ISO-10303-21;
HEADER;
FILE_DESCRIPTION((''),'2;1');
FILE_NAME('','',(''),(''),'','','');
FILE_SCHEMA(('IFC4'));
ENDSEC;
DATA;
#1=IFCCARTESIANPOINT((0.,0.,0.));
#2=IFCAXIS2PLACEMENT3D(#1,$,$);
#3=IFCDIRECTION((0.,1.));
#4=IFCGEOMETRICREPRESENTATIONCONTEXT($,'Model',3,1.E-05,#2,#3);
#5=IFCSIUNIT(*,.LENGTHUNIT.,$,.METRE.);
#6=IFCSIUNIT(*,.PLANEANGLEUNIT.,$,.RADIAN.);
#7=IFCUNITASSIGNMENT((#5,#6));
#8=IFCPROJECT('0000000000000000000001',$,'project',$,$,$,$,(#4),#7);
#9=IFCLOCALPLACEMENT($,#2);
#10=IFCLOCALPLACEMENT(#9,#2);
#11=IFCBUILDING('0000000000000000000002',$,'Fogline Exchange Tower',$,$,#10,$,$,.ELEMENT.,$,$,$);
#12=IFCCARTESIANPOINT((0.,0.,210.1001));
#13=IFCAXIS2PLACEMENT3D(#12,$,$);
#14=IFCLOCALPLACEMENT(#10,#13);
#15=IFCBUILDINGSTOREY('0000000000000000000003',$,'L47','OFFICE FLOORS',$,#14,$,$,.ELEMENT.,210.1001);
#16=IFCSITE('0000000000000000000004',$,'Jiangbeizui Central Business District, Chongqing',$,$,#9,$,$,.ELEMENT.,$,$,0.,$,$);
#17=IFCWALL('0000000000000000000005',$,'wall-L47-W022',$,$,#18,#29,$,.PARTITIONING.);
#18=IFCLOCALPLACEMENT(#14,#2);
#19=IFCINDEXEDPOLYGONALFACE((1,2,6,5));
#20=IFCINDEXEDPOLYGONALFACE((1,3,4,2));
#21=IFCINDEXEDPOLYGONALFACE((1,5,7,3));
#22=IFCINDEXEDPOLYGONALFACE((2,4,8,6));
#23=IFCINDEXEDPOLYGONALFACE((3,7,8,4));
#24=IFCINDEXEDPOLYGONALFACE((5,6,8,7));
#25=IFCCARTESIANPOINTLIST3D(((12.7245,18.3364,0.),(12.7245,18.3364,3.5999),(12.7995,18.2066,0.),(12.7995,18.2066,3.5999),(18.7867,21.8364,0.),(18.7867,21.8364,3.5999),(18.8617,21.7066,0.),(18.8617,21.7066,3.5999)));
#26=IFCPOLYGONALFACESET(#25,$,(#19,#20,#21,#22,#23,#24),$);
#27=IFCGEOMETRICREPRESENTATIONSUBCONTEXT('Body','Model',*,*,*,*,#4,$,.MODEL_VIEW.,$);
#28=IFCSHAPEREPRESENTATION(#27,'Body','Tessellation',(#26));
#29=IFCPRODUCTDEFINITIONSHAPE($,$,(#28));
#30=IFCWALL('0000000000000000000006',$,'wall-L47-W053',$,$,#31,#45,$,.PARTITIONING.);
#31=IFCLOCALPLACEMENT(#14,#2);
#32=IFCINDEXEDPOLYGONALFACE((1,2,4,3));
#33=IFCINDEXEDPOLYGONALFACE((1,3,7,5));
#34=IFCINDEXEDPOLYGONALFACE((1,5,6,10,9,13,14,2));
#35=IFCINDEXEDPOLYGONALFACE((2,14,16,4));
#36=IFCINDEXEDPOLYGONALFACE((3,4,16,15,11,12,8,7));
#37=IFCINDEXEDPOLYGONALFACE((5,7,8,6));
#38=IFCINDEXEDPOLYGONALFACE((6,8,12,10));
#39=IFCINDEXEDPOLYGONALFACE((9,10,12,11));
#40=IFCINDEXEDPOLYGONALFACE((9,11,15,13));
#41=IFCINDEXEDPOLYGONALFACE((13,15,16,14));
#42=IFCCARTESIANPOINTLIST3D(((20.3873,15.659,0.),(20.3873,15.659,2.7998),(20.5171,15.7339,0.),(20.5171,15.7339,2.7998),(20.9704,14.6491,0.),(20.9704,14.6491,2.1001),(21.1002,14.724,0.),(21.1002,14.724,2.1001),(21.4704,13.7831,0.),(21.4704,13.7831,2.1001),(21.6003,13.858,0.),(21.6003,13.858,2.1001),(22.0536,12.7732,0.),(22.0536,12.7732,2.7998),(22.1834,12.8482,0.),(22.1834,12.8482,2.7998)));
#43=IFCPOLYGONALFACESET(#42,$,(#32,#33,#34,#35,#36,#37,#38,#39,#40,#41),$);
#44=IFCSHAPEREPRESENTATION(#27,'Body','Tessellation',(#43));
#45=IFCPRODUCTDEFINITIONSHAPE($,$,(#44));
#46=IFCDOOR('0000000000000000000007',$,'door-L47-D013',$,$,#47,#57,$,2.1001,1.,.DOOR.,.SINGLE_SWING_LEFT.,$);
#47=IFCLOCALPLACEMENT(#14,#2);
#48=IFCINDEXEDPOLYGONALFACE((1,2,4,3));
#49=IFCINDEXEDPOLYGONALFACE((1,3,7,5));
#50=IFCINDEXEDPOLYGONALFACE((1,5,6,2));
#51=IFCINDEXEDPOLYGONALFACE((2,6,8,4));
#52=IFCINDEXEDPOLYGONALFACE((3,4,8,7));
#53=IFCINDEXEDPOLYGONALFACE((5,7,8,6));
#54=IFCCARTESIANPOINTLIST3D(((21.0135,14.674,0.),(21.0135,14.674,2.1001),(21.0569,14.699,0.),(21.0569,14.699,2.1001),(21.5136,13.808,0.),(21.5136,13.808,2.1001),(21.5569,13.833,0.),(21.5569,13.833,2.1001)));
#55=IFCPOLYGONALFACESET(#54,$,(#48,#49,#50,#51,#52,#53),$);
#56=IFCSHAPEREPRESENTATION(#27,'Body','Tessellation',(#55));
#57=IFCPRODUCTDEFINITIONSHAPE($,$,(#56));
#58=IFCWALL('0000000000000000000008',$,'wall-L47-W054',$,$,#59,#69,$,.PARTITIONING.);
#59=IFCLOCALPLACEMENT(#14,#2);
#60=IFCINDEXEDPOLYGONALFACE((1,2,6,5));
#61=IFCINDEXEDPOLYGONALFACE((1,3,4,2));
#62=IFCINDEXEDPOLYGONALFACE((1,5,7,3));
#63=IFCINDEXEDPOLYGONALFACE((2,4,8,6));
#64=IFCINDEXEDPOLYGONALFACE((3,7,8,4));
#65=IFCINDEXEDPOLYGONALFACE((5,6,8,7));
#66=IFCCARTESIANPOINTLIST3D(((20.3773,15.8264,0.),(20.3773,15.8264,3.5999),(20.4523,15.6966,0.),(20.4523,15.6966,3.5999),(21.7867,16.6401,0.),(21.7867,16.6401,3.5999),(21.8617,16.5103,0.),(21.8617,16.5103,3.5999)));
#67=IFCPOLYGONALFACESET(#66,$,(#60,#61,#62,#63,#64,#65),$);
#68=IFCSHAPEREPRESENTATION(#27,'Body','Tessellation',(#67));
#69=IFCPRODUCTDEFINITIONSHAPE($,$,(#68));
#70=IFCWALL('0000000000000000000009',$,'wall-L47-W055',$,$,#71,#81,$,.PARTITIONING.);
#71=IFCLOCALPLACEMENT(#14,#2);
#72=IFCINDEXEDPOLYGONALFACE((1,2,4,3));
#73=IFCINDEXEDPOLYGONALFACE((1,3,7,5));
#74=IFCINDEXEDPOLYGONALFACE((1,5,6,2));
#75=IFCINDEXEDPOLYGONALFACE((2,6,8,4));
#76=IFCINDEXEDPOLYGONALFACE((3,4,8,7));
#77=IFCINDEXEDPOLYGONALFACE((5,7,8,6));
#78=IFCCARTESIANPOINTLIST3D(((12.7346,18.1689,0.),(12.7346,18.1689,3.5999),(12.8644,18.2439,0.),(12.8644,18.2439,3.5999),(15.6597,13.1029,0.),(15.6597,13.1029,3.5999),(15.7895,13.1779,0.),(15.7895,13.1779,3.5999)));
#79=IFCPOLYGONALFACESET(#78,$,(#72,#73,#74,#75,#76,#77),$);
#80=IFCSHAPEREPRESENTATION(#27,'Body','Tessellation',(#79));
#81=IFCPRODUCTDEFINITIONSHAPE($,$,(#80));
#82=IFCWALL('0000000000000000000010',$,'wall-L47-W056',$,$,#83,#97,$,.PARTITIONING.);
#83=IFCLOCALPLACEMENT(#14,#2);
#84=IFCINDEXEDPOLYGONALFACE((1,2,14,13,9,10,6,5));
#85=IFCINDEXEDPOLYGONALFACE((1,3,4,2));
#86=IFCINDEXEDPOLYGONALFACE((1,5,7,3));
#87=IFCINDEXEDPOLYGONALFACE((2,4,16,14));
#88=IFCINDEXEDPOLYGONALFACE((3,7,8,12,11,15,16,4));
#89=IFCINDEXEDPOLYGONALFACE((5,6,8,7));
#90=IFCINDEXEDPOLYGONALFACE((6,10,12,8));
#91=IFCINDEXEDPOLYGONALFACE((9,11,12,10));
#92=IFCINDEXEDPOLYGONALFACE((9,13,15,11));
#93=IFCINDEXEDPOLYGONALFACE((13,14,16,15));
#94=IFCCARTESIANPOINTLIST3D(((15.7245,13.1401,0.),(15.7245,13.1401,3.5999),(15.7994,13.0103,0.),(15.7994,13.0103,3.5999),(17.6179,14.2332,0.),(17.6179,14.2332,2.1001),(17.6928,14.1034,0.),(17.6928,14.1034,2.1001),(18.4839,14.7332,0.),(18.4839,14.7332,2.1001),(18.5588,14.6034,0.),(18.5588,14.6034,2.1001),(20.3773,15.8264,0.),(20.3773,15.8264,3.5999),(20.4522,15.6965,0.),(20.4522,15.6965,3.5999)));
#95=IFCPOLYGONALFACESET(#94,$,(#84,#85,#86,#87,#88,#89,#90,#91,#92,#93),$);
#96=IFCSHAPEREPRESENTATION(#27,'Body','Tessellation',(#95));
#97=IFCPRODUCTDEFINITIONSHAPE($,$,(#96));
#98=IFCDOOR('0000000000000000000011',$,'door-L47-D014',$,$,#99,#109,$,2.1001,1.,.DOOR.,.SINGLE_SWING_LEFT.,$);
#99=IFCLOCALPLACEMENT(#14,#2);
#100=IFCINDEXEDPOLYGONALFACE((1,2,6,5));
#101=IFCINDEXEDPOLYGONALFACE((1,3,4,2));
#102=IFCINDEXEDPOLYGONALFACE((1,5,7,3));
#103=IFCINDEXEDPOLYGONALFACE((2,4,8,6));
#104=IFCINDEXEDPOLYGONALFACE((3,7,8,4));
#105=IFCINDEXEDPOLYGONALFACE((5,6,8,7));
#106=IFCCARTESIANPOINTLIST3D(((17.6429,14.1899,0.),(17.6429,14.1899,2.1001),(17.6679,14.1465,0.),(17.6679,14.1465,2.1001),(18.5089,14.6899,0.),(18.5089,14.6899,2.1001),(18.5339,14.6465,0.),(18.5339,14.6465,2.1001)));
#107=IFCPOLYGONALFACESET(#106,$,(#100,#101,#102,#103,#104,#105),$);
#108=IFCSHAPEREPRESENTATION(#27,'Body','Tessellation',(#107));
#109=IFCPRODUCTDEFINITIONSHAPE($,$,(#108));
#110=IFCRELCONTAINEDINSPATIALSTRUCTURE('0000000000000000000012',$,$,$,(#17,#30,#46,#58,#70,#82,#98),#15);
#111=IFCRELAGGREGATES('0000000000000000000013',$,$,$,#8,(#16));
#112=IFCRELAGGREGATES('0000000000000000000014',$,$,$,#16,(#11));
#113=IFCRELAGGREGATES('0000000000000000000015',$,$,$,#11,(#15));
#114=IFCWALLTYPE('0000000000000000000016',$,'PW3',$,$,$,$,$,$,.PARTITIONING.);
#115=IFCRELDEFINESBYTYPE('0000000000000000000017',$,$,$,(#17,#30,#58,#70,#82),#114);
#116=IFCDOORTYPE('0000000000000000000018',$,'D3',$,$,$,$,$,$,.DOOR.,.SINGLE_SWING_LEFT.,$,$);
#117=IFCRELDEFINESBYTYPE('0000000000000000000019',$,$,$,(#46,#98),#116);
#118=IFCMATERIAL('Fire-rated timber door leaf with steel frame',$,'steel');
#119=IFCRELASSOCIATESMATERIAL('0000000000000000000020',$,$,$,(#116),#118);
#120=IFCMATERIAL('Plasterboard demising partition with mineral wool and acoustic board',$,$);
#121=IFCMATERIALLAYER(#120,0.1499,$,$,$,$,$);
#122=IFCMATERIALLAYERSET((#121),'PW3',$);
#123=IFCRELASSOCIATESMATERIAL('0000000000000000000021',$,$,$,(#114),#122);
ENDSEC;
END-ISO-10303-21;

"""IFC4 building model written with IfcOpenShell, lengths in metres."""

from ifc_helpers import new_model, si_unit, direction, frame, frame_2d, origin, place, context, subcontext, project, spatial, rectangle, extrude, material, layer, layer_set, type_object, element, fill, save


model = new_model("IFC4")

# Units and contexts
model_context = context("Model", 3, precision=1e-05, world=origin(), true_north=direction((0.0, 1.0)))
body_context = subcontext(model_context, "Body", "Model", "MODEL_VIEW")
ifc_project = project(units=[si_unit("LENGTHUNIT", "METRE"), si_unit("PLANEANGLEUNIT", "RADIAN")], contexts=[model_context])

# Site, building, storey
site_placement = place(None, origin())
site = spatial("IfcSite", under=ifc_project, at=site_placement, Name="Jiangbeizui Central Business District, Chongqing", CompositionType="ELEMENT", RefElevation=0.0)
building_placement = place(site_placement, origin())
building = spatial("IfcBuilding", under=site, at=building_placement, Name="Fogline Exchange Tower", CompositionType="ELEMENT")
storey_placement = place(building_placement, frame((0.0, 0.0, 210.1001)))
storey = spatial("IfcBuildingStorey", under=building, at=storey_placement, Name="L47", Description="OFFICE FLOORS", CompositionType="ELEMENT", Elevation=210.1001)

# Shared definitions
ifc_material_1 = material(Name="Fire-rated timber door leaf with steel frame", Category="steel")
door_type_1 = type_object("IfcDoorType", Name="D3", OperationType="SINGLE_SWING_LEFT", PredefinedType="DOOR", material=ifc_material_1)

# Wall
ifc_material_2 = material(Name="Plasterboard demising partition with mineral wool and acoustic board")
ifc_layer_1 = layer(ifc_material_2, 0.1499)
ifc_layer_set_1 = layer_set([ifc_layer_1], Name="PW3")
wall_type_1 = type_object("IfcWallType", Name="PW3", PredefinedType="PARTITIONING", material=ifc_layer_set_1)
wall_1_placement = place(storey_placement, frame((18.8242, 21.7715, 0.0), z_axis=(0.0, 0.0, 1.0), x_axis=(-0.866028, -0.499995, 0.0)))
element("IfcWall", 1, at=wall_1_placement, inside=storey, type_object=wall_type_1, Name="wall-L47-W022", PredefinedType="PARTITIONING", context=body_context, shape_type="SweptSolid", body=[
    extrude(rectangle(XDim=7.0, YDim=0.1499, at=frame_2d((3.5, 0.0))), origin(), (0.0, 0.0, 1.0), 3.5999),
])

# Wall, opening, door
wall_2_placement = place(storey_placement, frame((22.1184, 12.8108, 0.0), z_axis=(0.0, 0.0, 1.0), x_axis=(-0.50004, 0.866003, 0.0)))
wall_2 = element("IfcWall", 2, at=wall_2_placement, inside=storey, type_object=wall_type_1, Name="wall-L47-W053", PredefinedType="PARTITIONING", context=body_context, shape_type="SweptSolid", body=[
    extrude(rectangle(XDim=3.3323, YDim=0.1499, at=frame_2d((1.666, 0.0))), origin(), (0.0, 0.0, 1.0), 2.7998),
])
opening_1_placement = place(wall_2_placement, frame((1.166, 0.0, 0.0)))
opening_1 = element("IfcOpeningElement", 3, at=opening_1_placement, cuts=wall_2, PredefinedType="OPENING", context=body_context, shape_type="SweptSolid", body=[
    extrude(rectangle(XDim=1.0, YDim=2.1001, at=frame_2d((0.5, 1.05))), frame((0.0, 0.085, 0.0), z_axis=(0.0, -1.0, 0.0), x_axis=(1.0, 0.0, 0.0)), (0.0, 0.0, 1.0), 0.1699),
])
door_1_placement = place(opening_1_placement, frame((1.0, 0.0, 0.0), z_axis=(0.0, 0.0, 1.0), x_axis=(-1.0, 0.0, 0.0)))
door_1 = element("IfcDoor", 4, at=door_1_placement, inside=storey, type_object=door_type_1, Name="door-L47-D013", OperationType="SINGLE_SWING_LEFT", OverallHeight=2.1001, OverallWidth=1.0, PredefinedType="DOOR", context=body_context, shape_type="SweptSolid", body=[
    extrude(rectangle(XDim=1.0, YDim=2.1001, at=frame_2d((0.5, 1.05))), frame((0.0, 0.0249, 0.0), z_axis=(0.0, -1.0, 0.0), x_axis=(1.0, 0.0, 0.0)), (0.0, 0.0, 1.0), 0.05),
])
fill(opening_1, door_1)

# Walls
wall_3_placement = place(storey_placement, frame((20.4148, 15.7615, 0.0), z_axis=(0.0, 0.0, 1.0), x_axis=(0.866028, 0.499995, 0.0)))
element("IfcWall", 5, at=wall_3_placement, inside=storey, type_object=wall_type_1, Name="wall-L47-W054", PredefinedType="PARTITIONING", context=body_context, shape_type="SweptSolid", body=[
    extrude(rectangle(XDim=1.6274, YDim=0.1499, at=frame_2d((0.8137, 0.0))), origin(), (0.0, 0.0, 1.0), 3.5999),
])
wall_4_placement = place(storey_placement, frame((12.7996, 18.2063, 0.0), z_axis=(0.0, 0.0, 1.0), x_axis=(0.500031, -0.866008, 0.0)))
element("IfcWall", 6, at=wall_4_placement, inside=storey, type_object=wall_type_1, Name="wall-L47-W055", PredefinedType="PARTITIONING", context=body_context, shape_type="SweptSolid", body=[
    extrude(rectangle(XDim=5.8499, YDim=0.1499, at=frame_2d((2.9248, 0.0))), origin(), (0.0, 0.0, 1.0), 3.5999),
])

# Wall, opening, door
wall_5_placement = place(storey_placement, frame((15.762, 13.0752, 0.0), z_axis=(0.0, 0.0, 1.0), x_axis=(0.866028, 0.499995, 0.0)))
wall_5 = element("IfcWall", 7, at=wall_5_placement, inside=storey, type_object=wall_type_1, Name="wall-L47-W056", PredefinedType="PARTITIONING", context=body_context, shape_type="SweptSolid", body=[
    extrude(rectangle(XDim=5.3726, YDim=0.1499, at=frame_2d((2.6863, 0.0))), origin(), (0.0, 0.0, 1.0), 3.5999),
])
opening_2_placement = place(wall_5_placement, frame((2.1863, 0.0, 0.0)))
opening_2 = element("IfcOpeningElement", 8, at=opening_2_placement, cuts=wall_5, PredefinedType="OPENING", context=body_context, shape_type="SweptSolid", body=[
    extrude(rectangle(XDim=1.0, YDim=2.1001, at=frame_2d((0.5, 1.05))), frame((0.0, 0.085, 0.0), z_axis=(0.0, -1.0, 0.0), x_axis=(1.0, 0.0, 0.0)), (0.0, 0.0, 1.0), 0.1699),
])
door_2_placement = place(opening_2_placement, origin())
door_2 = element("IfcDoor", 9, at=door_2_placement, inside=storey, type_object=door_type_1, Name="door-L47-D014", OperationType="SINGLE_SWING_LEFT", OverallHeight=2.1001, OverallWidth=1.0, PredefinedType="DOOR", context=body_context, shape_type="SweptSolid", body=[
    extrude(rectangle(XDim=1.0, YDim=2.1001, at=frame_2d((0.5, 1.05))), frame((0.0, 0.0249, 0.0), z_axis=(0.0, -1.0, 0.0), x_axis=(1.0, 0.0, 0.0)), (0.0, 0.0, 1.0), 0.05),
])
fill(opening_2, door_2)

save(model, "model.ifc")
